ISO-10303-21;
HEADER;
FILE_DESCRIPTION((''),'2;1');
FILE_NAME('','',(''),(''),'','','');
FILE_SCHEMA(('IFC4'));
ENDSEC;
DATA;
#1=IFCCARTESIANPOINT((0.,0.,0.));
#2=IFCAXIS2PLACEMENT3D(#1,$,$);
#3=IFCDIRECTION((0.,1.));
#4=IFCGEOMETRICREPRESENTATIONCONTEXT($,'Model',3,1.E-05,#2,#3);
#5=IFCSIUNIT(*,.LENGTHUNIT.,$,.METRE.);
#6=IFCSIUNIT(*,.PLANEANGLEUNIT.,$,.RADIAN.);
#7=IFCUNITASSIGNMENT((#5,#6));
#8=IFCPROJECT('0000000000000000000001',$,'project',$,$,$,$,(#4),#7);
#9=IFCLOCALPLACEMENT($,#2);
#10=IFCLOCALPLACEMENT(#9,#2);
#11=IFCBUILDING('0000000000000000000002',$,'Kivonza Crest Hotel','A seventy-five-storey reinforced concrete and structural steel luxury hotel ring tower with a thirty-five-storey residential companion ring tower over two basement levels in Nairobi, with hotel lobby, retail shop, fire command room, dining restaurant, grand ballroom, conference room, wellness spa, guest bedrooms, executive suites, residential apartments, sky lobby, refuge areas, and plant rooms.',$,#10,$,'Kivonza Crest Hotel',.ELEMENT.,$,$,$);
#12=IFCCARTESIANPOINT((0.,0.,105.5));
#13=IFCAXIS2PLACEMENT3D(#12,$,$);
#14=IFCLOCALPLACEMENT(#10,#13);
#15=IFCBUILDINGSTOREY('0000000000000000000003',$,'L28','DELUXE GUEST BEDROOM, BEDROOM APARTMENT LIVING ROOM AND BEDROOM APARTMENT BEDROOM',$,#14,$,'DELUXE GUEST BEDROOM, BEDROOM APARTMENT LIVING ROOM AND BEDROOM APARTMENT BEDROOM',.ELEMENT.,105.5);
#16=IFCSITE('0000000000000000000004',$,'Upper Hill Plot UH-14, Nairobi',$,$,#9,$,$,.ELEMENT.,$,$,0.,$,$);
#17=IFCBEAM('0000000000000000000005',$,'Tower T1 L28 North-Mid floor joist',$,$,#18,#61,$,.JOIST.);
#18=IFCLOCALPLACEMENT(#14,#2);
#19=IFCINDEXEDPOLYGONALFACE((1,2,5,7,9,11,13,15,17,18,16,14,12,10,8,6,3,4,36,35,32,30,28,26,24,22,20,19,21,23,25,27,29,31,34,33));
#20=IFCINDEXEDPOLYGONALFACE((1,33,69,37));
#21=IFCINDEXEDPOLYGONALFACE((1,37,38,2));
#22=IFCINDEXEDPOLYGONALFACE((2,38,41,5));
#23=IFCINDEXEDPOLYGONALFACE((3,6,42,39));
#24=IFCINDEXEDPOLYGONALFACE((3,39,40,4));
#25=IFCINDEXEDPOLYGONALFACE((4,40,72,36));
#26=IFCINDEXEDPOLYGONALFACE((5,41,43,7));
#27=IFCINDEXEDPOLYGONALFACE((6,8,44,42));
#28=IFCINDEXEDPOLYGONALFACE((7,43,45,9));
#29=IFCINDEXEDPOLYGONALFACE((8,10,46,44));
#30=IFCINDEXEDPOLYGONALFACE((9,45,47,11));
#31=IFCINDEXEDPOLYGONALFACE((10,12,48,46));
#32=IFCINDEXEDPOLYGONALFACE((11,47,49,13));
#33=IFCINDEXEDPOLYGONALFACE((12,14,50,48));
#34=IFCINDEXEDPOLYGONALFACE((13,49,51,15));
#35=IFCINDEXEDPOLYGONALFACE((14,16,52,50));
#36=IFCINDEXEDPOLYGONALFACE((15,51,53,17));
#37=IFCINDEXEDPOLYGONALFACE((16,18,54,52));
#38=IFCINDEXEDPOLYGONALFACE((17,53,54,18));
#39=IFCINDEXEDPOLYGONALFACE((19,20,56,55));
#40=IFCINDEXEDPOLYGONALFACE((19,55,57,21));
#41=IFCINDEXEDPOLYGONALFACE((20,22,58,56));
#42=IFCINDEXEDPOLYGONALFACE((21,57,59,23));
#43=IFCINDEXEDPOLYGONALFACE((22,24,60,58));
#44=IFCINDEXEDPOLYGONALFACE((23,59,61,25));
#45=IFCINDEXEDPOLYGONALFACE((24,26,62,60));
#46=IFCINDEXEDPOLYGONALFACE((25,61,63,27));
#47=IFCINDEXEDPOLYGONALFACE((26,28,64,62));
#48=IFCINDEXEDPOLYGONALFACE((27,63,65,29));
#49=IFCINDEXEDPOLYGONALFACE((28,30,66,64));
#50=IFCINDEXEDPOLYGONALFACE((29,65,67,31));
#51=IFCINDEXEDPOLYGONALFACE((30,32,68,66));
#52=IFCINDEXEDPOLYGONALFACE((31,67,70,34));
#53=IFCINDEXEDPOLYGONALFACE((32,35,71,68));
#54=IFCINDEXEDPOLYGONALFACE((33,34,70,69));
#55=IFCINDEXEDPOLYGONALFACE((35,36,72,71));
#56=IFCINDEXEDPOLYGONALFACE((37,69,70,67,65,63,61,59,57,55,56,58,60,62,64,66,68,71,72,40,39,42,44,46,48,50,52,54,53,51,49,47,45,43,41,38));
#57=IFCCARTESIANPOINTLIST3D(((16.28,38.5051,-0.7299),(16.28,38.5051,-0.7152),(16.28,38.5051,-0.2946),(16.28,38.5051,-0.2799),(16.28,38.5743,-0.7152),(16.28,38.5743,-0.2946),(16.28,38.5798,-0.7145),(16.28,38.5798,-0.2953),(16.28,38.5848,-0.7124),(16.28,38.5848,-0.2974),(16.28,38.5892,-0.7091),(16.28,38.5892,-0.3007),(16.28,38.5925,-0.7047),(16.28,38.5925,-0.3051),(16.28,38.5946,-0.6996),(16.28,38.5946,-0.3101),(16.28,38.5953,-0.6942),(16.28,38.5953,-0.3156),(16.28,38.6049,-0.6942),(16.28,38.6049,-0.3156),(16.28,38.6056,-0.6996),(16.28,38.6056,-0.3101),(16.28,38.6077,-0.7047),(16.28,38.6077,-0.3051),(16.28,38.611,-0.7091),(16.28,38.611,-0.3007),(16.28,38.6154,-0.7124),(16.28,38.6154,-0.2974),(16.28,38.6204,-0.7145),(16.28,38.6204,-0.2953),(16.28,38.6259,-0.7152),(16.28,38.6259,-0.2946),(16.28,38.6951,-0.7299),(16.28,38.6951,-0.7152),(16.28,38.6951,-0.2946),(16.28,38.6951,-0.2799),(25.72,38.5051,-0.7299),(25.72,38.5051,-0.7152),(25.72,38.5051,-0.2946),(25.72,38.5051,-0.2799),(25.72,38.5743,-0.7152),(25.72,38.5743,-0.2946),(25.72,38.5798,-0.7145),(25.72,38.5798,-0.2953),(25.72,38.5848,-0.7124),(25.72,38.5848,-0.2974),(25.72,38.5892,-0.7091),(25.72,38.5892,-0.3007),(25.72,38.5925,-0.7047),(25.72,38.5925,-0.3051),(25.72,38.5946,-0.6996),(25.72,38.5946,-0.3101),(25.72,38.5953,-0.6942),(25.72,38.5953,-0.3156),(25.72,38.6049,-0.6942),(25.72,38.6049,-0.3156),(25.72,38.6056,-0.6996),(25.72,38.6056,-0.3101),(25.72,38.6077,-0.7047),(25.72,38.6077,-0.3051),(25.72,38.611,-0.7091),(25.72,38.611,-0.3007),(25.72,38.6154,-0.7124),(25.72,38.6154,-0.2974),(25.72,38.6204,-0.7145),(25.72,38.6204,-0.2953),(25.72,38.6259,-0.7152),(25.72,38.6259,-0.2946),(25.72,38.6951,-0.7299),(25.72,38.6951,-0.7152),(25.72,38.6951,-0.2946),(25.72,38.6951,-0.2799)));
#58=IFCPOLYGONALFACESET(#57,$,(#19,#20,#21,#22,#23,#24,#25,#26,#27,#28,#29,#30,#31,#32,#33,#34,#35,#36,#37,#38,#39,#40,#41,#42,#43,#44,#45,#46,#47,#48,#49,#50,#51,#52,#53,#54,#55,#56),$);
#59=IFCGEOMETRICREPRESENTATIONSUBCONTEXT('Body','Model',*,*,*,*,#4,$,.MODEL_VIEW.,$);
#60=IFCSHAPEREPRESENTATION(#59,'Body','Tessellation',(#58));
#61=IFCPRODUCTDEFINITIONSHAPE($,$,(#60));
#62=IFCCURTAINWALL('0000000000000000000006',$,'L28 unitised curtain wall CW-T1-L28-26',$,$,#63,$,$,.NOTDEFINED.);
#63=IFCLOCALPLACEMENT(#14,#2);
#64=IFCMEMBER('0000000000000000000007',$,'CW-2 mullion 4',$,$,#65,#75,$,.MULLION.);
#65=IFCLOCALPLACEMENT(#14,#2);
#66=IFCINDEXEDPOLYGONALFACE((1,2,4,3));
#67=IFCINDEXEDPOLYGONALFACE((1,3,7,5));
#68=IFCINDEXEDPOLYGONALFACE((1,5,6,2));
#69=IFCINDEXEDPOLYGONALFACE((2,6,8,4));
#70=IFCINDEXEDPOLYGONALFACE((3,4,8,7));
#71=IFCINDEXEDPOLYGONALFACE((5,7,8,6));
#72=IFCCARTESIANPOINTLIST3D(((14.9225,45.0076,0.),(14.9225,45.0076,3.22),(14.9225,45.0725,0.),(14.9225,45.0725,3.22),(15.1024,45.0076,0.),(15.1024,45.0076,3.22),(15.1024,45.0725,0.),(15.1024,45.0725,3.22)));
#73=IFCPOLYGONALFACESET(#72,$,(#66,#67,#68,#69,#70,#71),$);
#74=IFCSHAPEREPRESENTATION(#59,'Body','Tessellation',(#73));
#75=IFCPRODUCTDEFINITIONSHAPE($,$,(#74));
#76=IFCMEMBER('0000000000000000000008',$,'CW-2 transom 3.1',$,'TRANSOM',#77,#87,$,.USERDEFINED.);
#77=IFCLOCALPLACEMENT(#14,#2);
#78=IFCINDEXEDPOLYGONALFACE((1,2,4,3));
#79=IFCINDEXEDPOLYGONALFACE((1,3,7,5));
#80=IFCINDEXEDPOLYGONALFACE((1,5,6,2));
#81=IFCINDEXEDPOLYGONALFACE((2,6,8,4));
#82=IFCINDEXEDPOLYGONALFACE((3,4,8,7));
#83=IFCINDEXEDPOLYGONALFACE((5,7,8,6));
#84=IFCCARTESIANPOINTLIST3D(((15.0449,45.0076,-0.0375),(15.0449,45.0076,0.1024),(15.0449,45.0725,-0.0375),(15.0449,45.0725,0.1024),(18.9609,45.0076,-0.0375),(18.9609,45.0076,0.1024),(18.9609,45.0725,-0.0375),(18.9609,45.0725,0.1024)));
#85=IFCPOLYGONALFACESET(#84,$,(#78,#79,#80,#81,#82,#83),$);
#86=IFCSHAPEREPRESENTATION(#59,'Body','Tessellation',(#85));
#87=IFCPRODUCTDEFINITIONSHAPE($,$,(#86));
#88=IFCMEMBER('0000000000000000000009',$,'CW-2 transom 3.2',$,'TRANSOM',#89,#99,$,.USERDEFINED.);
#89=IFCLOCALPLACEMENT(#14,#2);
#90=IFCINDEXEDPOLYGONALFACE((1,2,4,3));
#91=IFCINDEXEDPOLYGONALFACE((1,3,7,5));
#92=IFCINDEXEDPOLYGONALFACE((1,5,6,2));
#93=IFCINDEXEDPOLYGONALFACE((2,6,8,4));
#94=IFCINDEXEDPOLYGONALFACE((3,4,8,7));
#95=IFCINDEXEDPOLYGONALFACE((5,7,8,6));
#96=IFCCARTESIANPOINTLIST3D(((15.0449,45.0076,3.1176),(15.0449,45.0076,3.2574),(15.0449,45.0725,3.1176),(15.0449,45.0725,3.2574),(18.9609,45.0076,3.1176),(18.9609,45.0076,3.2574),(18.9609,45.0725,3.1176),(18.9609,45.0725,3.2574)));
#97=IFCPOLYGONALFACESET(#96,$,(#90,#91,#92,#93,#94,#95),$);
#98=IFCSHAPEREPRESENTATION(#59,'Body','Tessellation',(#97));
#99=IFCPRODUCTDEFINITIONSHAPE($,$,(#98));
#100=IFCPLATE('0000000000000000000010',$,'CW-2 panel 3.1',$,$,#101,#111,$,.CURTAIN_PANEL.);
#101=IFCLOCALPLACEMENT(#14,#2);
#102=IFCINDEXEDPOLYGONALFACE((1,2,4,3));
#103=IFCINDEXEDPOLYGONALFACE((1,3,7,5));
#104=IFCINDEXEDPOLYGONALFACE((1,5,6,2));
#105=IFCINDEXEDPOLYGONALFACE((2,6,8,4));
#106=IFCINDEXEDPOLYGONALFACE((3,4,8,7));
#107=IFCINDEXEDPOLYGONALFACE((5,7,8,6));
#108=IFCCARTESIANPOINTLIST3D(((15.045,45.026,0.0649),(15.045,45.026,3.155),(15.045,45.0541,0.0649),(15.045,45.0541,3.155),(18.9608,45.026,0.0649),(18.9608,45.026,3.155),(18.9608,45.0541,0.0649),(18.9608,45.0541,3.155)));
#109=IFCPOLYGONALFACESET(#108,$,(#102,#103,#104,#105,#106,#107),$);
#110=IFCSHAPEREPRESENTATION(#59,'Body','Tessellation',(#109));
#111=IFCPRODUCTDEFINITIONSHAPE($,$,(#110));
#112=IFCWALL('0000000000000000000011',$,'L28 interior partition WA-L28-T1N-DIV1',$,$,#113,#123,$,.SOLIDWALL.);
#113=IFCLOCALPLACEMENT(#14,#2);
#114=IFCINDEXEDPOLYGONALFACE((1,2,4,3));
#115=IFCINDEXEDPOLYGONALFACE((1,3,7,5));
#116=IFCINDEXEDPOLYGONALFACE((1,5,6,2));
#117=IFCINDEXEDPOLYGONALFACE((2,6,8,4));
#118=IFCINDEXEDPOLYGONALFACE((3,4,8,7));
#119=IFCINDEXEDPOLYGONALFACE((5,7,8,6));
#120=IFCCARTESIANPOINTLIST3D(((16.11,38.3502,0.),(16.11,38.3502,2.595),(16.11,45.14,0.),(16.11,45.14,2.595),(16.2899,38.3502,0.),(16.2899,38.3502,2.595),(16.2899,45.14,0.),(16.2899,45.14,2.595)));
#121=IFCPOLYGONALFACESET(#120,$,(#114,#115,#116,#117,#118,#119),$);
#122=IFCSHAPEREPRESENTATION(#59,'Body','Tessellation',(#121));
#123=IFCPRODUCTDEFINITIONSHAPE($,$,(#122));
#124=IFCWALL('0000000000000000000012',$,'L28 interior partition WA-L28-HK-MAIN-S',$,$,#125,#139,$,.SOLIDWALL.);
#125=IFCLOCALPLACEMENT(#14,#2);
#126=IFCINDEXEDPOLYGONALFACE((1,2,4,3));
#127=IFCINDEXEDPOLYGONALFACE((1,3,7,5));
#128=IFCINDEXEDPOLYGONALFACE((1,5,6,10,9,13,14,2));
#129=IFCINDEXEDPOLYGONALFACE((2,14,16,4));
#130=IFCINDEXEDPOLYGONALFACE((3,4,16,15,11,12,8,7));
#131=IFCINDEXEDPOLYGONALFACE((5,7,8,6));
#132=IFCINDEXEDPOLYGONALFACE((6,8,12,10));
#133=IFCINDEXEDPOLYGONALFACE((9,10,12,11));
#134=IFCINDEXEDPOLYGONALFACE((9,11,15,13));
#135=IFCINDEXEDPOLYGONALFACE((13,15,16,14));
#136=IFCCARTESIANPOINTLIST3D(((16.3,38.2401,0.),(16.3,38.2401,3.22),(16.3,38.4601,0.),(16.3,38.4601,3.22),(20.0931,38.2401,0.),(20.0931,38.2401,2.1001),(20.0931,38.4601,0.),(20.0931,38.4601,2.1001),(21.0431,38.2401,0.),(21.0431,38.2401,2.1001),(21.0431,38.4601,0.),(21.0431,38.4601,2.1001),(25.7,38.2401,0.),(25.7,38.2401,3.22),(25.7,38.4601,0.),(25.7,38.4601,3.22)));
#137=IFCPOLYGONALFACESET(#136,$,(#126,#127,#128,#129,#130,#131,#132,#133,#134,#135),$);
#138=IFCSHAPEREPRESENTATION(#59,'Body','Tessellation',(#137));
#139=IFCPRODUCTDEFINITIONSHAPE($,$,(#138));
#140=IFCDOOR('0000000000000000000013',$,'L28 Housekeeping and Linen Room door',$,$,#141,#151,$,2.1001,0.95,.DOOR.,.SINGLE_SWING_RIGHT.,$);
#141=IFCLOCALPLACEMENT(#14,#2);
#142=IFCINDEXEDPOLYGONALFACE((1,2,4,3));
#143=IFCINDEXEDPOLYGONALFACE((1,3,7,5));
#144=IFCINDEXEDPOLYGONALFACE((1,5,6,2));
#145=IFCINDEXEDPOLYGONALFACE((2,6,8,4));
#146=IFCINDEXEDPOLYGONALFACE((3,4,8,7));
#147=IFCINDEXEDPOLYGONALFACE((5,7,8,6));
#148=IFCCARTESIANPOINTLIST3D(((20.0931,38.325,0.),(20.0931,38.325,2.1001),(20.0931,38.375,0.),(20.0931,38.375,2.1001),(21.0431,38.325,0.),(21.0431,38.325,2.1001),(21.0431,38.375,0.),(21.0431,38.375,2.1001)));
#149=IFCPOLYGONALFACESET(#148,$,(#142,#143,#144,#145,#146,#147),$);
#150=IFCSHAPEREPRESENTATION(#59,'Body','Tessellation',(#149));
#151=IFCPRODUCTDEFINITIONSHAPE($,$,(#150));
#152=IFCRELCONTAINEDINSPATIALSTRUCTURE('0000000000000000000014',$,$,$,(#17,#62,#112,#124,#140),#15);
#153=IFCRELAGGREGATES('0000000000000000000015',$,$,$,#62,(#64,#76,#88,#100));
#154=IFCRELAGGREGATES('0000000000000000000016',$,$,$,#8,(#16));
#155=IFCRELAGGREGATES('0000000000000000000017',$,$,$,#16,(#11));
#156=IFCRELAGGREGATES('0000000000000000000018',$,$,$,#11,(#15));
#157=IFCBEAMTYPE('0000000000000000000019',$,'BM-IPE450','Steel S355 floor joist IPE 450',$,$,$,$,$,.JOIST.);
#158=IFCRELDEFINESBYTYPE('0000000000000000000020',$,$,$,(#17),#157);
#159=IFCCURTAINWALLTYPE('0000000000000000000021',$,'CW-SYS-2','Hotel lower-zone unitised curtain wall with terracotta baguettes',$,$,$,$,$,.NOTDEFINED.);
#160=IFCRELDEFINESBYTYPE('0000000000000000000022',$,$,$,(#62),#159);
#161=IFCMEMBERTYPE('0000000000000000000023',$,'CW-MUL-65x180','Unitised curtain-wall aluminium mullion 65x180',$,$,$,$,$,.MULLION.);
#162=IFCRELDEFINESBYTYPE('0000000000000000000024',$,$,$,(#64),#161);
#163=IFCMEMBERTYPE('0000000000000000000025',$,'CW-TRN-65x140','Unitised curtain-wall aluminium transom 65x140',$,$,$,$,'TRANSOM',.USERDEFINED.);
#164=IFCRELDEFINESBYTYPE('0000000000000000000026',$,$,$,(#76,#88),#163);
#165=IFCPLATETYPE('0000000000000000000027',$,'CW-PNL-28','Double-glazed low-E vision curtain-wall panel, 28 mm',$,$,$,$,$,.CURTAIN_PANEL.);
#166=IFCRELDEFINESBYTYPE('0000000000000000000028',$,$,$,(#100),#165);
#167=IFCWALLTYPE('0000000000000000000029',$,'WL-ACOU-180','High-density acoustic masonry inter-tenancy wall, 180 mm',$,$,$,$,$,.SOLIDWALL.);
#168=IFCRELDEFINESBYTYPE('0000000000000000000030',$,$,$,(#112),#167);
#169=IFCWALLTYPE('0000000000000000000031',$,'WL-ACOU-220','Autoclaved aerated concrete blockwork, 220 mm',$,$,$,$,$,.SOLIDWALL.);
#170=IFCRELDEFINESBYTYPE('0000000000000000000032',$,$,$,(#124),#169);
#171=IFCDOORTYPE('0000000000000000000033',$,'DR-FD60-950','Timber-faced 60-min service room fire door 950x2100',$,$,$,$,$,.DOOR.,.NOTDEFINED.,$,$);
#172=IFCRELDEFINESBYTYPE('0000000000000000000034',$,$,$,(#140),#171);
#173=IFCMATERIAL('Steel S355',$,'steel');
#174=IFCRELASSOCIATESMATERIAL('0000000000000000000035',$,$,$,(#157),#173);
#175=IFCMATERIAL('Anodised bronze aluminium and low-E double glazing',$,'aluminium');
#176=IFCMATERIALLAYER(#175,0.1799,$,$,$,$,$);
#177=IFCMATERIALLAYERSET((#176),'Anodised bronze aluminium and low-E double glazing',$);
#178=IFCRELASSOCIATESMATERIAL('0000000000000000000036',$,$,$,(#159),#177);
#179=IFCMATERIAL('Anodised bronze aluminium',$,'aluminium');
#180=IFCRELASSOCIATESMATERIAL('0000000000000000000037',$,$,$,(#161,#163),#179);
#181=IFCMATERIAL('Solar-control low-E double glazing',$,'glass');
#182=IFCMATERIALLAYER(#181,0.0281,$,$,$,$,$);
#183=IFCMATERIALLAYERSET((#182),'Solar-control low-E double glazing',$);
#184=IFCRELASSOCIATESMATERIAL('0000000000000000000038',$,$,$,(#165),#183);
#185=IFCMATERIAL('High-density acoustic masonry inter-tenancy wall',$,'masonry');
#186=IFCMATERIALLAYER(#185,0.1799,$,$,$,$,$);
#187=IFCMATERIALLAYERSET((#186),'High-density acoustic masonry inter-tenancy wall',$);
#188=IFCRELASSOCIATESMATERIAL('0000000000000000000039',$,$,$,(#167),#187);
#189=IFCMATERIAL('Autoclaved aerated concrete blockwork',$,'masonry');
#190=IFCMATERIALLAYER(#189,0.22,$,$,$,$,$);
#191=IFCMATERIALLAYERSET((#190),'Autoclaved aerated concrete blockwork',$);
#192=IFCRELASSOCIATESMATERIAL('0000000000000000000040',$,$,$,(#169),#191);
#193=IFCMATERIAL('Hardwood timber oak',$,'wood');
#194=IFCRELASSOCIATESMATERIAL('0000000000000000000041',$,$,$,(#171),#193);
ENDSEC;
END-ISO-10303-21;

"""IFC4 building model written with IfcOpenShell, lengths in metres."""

from ifc_helpers import new_model, si_unit, direction, frame, frame_2d, origin, origin_2d, place, context, subcontext, project, spatial, rectangle, i_section, extrude, material, layer, layer_set, material_profile, profile_set, type_object, element, fill, aggregate, save


model = new_model("IFC4")

# Units and contexts
model_context = context("Model", 3, precision=1e-05, world=origin(), true_north=direction((0.0, 1.0)))
body_context = subcontext(model_context, "Body", "Model", "MODEL_VIEW")
ifc_project = project(units=[si_unit("LENGTHUNIT", "METRE"), si_unit("PLANEANGLEUNIT", "RADIAN")], contexts=[model_context])

# Site, building, storey
site_placement = place(None, origin())
site = spatial("IfcSite", under=ifc_project, at=site_placement, Name="Upper Hill Plot UH-14, Nairobi", CompositionType="ELEMENT", RefElevation=0.0)
building_placement = place(site_placement, origin())
building = spatial("IfcBuilding", under=site, at=building_placement, Name="Kivonza Crest Hotel", Description="A seventy-five-storey reinforced concrete and structural steel luxury hotel ring tower with a thirty-five-storey residential companion ring tower over two basement levels in Nairobi, with hotel lobby, retail shop, fire command room, dining restaurant, grand ballroom, conference room, wellness spa, guest bedrooms, executive suites, residential apartments, sky lobby, refuge areas, and plant rooms.", LongName="Kivonza Crest Hotel", CompositionType="ELEMENT")
storey_placement = place(building_placement, frame((0.0, 0.0, 105.5)))
storey = spatial("IfcBuildingStorey", under=building, at=storey_placement, Name="L28", Description="DELUXE GUEST BEDROOM, BEDROOM APARTMENT LIVING ROOM AND BEDROOM APARTMENT BEDROOM", LongName="DELUXE GUEST BEDROOM, BEDROOM APARTMENT LIVING ROOM AND BEDROOM APARTMENT BEDROOM", CompositionType="ELEMENT", Elevation=105.5)

# Beam
ifc_material_1 = material(Name="Steel S355", Category="steel")
ifc_material_profile_1 = material_profile(ifc_material_1, i_section(OverallWidth=0.1899, OverallDepth=0.45, WebThickness=0.0095, FlangeThickness=0.0146, FilletRadius=0.021, at=origin_2d()), Name="IPE 450")
ifc_profile_set_1 = profile_set([ifc_material_profile_1], Name="Steel S355")
beam_type_1 = type_object("IfcBeamType", Name="BM-IPE450", Description="Steel S355 floor joist IPE 450", PredefinedType="JOIST", material=ifc_profile_set_1)
beam_1_placement = place(storey_placement, frame((16.28, 38.6001, -0.5049), z_axis=(1.0, 0.0, 0.0), x_axis=(0.0, 1.0, 0.0)))
element("IfcBeam", 1, at=beam_1_placement, inside=storey, type_object=beam_type_1, Name="Tower T1 L28 North-Mid floor joist", PredefinedType="JOIST", context=body_context, shape_type="SweptSolid", body=[
    extrude(i_section(OverallWidth=0.1899, OverallDepth=0.45, WebThickness=0.0095, FlangeThickness=0.0146, FilletRadius=0.021, at=origin_2d()), origin(), (0.0, 0.0, 1.0), 9.4399),
])

# Curtain wall, members, plate
ifc_material_2 = material(Name="Anodised bronze aluminium and low-E double glazing", Category="aluminium")
ifc_layer_1 = layer(ifc_material_2, 0.1799)
ifc_layer_set_1 = layer_set([ifc_layer_1], Name="Anodised bronze aluminium and low-E double glazing")
curtain_wall_type = type_object("IfcCurtainWallType", Name="CW-SYS-2", Description="Hotel lower-zone unitised curtain wall with terracotta baguettes", PredefinedType="NOTDEFINED", material=ifc_layer_set_1)
curtain_wall_placement = place(storey_placement, origin())
curtain_wall = element("IfcCurtainWall", 2, at=curtain_wall_placement, inside=storey, type_object=curtain_wall_type, Name="L28 unitised curtain wall CW-T1-L28-26", PredefinedType="NOTDEFINED")
ifc_material_3 = material(Name="Anodised bronze aluminium", Category="aluminium")
ifc_material_profile_2 = material_profile(ifc_material_3, rectangle(XDim=0.0649, YDim=0.1799, at=origin_2d()), Name="CW-M 65x180")
ifc_profile_set_2 = profile_set([ifc_material_profile_2], Name="Anodised bronze aluminium")
member_type_1 = type_object("IfcMemberType", Name="CW-MUL-65x180", Description="Unitised curtain-wall aluminium mullion 65x180", PredefinedType="MULLION", material=ifc_profile_set_2)
member_1_placement = place(storey_placement, frame((15.0125, 45.04, 0.0), z_axis=(0.0, 0.0, 1.0), x_axis=(0.0, -1.0, 0.0)))
member_1 = element("IfcMember", 3, at=member_1_placement, type_object=member_type_1, Name="CW-2 mullion 4", PredefinedType="MULLION", context=body_context, shape_type="SweptSolid", body=[
    extrude(rectangle(XDim=0.0649, YDim=0.1799, at=origin_2d()), origin(), (0.0, 0.0, 1.0), 3.22),
])
ifc_material_profile_3 = material_profile(ifc_material_3, rectangle(XDim=0.0649, YDim=0.1399, at=origin_2d()), Name="CW-T 65x140")
ifc_profile_set_3 = profile_set([ifc_material_profile_3], Name="Anodised bronze aluminium")
member_type_2 = type_object("IfcMemberType", Name="CW-TRN-65x140", Description="Unitised curtain-wall aluminium transom 65x140", ElementType="TRANSOM", PredefinedType="USERDEFINED", material=ifc_profile_set_3)
member_2_placement = place(storey_placement, frame((18.9609, 45.04, 0.0325), z_axis=(-1.0, 0.0, 0.0), x_axis=(0.0, -1.0, 0.0)))
member_2 = element("IfcMember", 4, at=member_2_placement, type_object=member_type_2, Name="CW-2 transom 3.1", ObjectType="TRANSOM", PredefinedType="USERDEFINED", context=body_context, shape_type="SweptSolid", body=[
    extrude(rectangle(XDim=0.0649, YDim=0.1399, at=origin_2d()), origin(), (0.0, 0.0, 1.0), 3.916),
])
member_3_placement = place(storey_placement, frame((18.9609, 45.04, 3.1875), z_axis=(-1.0, 0.0, 0.0), x_axis=(0.0, -1.0, 0.0)))
member_3 = element("IfcMember", 5, at=member_3_placement, type_object=member_type_2, Name="CW-2 transom 3.2", ObjectType="TRANSOM", PredefinedType="USERDEFINED", context=body_context, shape_type="SweptSolid", body=[
    extrude(rectangle(XDim=0.0649, YDim=0.1399, at=origin_2d()), origin(), (0.0, 0.0, 1.0), 3.916),
])
ifc_material_4 = material(Name="Solar-control low-E double glazing", Category="glass")
ifc_layer_2 = layer(ifc_material_4, 0.0281)
ifc_layer_set_2 = layer_set([ifc_layer_2], Name="Solar-control low-E double glazing")
plate_type = type_object("IfcPlateType", Name="CW-PNL-28", Description="Double-glazed low-E vision curtain-wall panel, 28 mm", PredefinedType="CURTAIN_PANEL", material=ifc_layer_set_2)
plate_placement = place(storey_placement, frame((17.0029, 45.04, 0.0649), z_axis=(0.0, 0.0, 1.0), x_axis=(-1.0, 0.0, 0.0)))
plate = element("IfcPlate", 6, at=plate_placement, type_object=plate_type, Name="CW-2 panel 3.1", PredefinedType="CURTAIN_PANEL", context=body_context, shape_type="SweptSolid", body=[
    extrude(rectangle(XDim=3.9158, YDim=0.0281, at=origin_2d()), origin(), (0.0, 0.0, 1.0), 3.0901),
])
aggregate(curtain_wall, [member_1, member_2, member_3, plate])

# Wall
ifc_material_5 = material(Name="High-density acoustic masonry inter-tenancy wall", Category="masonry")
ifc_layer_3 = layer(ifc_material_5, 0.1799)
ifc_layer_set_3 = layer_set([ifc_layer_3], Name="High-density acoustic masonry inter-tenancy wall")
wall_type_1 = type_object("IfcWallType", Name="WL-ACOU-180", Description="High-density acoustic masonry inter-tenancy wall, 180 mm", PredefinedType="SOLIDWALL", material=ifc_layer_set_3)
wall_1_placement = place(storey_placement, frame((16.2, 38.3501, 0.0), z_axis=(0.0, 0.0, 1.0), x_axis=(0.0, 1.0, 0.0)))
element("IfcWall", 7, at=wall_1_placement, inside=storey, type_object=wall_type_1, Name="L28 interior partition WA-L28-T1N-DIV1", PredefinedType="SOLIDWALL", context=body_context, shape_type="SweptSolid", body=[
    extrude(rectangle(XDim=6.7898, YDim=0.1799, at=frame_2d((3.395, 0.0))), origin(), (0.0, 0.0, 1.0), 2.595),
])

# Wall, opening, door
ifc_material_6 = material(Name="Autoclaved aerated concrete blockwork", Category="masonry")
ifc_layer_4 = layer(ifc_material_6, 0.22)
ifc_layer_set_4 = layer_set([ifc_layer_4], Name="Autoclaved aerated concrete blockwork")
wall_type_2 = type_object("IfcWallType", Name="WL-ACOU-220", Description="Autoclaved aerated concrete blockwork, 220 mm", PredefinedType="SOLIDWALL", material=ifc_layer_set_4)
wall_2_placement = place(storey_placement, frame((16.3, 38.3501, 0.0), z_axis=(0.0, 0.0, 1.0), x_axis=(1.0, 0.0, 0.0)))
wall_2 = element("IfcWall", 8, at=wall_2_placement, inside=storey, type_object=wall_type_2, Name="L28 interior partition WA-L28-HK-MAIN-S", PredefinedType="SOLIDWALL", context=body_context, shape_type="SweptSolid", body=[
    extrude(rectangle(XDim=9.3999, YDim=0.22, at=frame_2d((4.7, 0.0))), origin(), (0.0, 0.0, 1.0), 3.22),
])
opening_1_placement = place(wall_2_placement, frame((3.793, 0.0, 0.0)))
opening_1 = element("IfcOpeningElement", 9, at=opening_1_placement, cuts=wall_2, PredefinedType="OPENING", context=body_context, shape_type="SweptSolid", body=[
    extrude(rectangle(XDim=0.95, YDim=2.1001, at=frame_2d((0.4751, 1.05))), frame((0.0, 0.1201, 0.0), z_axis=(0.0, -1.0, 0.0), x_axis=(1.0, 0.0, 0.0)), (0.0, 0.0, 1.0), 0.24),
])
ifc_material_7 = material(Name="Hardwood timber oak", Category="wood")
door_type = type_object("IfcDoorType", Name="DR-FD60-950", Description="Timber-faced 60-min service room fire door 950x2100", OperationType="NOTDEFINED", PredefinedType="DOOR", material=ifc_material_7)
door_placement = place(opening_1_placement, origin())
door = element("IfcDoor", 10, at=door_placement, inside=storey, type_object=door_type, Name="L28 Housekeeping and Linen Room door", OperationType="SINGLE_SWING_RIGHT", OverallHeight=2.1001, OverallWidth=0.95, PredefinedType="DOOR", context=body_context, shape_type="SweptSolid", body=[
    extrude(rectangle(XDim=0.95, YDim=2.1001, at=frame_2d((0.4751, 1.05))), frame((0.0, 0.0249, 0.0), z_axis=(0.0, -1.0, 0.0), x_axis=(1.0, 0.0, 0.0)), (0.0, 0.0, 1.0), 0.05),
])
fill(opening_1, door)

save(model, "model.ifc")
